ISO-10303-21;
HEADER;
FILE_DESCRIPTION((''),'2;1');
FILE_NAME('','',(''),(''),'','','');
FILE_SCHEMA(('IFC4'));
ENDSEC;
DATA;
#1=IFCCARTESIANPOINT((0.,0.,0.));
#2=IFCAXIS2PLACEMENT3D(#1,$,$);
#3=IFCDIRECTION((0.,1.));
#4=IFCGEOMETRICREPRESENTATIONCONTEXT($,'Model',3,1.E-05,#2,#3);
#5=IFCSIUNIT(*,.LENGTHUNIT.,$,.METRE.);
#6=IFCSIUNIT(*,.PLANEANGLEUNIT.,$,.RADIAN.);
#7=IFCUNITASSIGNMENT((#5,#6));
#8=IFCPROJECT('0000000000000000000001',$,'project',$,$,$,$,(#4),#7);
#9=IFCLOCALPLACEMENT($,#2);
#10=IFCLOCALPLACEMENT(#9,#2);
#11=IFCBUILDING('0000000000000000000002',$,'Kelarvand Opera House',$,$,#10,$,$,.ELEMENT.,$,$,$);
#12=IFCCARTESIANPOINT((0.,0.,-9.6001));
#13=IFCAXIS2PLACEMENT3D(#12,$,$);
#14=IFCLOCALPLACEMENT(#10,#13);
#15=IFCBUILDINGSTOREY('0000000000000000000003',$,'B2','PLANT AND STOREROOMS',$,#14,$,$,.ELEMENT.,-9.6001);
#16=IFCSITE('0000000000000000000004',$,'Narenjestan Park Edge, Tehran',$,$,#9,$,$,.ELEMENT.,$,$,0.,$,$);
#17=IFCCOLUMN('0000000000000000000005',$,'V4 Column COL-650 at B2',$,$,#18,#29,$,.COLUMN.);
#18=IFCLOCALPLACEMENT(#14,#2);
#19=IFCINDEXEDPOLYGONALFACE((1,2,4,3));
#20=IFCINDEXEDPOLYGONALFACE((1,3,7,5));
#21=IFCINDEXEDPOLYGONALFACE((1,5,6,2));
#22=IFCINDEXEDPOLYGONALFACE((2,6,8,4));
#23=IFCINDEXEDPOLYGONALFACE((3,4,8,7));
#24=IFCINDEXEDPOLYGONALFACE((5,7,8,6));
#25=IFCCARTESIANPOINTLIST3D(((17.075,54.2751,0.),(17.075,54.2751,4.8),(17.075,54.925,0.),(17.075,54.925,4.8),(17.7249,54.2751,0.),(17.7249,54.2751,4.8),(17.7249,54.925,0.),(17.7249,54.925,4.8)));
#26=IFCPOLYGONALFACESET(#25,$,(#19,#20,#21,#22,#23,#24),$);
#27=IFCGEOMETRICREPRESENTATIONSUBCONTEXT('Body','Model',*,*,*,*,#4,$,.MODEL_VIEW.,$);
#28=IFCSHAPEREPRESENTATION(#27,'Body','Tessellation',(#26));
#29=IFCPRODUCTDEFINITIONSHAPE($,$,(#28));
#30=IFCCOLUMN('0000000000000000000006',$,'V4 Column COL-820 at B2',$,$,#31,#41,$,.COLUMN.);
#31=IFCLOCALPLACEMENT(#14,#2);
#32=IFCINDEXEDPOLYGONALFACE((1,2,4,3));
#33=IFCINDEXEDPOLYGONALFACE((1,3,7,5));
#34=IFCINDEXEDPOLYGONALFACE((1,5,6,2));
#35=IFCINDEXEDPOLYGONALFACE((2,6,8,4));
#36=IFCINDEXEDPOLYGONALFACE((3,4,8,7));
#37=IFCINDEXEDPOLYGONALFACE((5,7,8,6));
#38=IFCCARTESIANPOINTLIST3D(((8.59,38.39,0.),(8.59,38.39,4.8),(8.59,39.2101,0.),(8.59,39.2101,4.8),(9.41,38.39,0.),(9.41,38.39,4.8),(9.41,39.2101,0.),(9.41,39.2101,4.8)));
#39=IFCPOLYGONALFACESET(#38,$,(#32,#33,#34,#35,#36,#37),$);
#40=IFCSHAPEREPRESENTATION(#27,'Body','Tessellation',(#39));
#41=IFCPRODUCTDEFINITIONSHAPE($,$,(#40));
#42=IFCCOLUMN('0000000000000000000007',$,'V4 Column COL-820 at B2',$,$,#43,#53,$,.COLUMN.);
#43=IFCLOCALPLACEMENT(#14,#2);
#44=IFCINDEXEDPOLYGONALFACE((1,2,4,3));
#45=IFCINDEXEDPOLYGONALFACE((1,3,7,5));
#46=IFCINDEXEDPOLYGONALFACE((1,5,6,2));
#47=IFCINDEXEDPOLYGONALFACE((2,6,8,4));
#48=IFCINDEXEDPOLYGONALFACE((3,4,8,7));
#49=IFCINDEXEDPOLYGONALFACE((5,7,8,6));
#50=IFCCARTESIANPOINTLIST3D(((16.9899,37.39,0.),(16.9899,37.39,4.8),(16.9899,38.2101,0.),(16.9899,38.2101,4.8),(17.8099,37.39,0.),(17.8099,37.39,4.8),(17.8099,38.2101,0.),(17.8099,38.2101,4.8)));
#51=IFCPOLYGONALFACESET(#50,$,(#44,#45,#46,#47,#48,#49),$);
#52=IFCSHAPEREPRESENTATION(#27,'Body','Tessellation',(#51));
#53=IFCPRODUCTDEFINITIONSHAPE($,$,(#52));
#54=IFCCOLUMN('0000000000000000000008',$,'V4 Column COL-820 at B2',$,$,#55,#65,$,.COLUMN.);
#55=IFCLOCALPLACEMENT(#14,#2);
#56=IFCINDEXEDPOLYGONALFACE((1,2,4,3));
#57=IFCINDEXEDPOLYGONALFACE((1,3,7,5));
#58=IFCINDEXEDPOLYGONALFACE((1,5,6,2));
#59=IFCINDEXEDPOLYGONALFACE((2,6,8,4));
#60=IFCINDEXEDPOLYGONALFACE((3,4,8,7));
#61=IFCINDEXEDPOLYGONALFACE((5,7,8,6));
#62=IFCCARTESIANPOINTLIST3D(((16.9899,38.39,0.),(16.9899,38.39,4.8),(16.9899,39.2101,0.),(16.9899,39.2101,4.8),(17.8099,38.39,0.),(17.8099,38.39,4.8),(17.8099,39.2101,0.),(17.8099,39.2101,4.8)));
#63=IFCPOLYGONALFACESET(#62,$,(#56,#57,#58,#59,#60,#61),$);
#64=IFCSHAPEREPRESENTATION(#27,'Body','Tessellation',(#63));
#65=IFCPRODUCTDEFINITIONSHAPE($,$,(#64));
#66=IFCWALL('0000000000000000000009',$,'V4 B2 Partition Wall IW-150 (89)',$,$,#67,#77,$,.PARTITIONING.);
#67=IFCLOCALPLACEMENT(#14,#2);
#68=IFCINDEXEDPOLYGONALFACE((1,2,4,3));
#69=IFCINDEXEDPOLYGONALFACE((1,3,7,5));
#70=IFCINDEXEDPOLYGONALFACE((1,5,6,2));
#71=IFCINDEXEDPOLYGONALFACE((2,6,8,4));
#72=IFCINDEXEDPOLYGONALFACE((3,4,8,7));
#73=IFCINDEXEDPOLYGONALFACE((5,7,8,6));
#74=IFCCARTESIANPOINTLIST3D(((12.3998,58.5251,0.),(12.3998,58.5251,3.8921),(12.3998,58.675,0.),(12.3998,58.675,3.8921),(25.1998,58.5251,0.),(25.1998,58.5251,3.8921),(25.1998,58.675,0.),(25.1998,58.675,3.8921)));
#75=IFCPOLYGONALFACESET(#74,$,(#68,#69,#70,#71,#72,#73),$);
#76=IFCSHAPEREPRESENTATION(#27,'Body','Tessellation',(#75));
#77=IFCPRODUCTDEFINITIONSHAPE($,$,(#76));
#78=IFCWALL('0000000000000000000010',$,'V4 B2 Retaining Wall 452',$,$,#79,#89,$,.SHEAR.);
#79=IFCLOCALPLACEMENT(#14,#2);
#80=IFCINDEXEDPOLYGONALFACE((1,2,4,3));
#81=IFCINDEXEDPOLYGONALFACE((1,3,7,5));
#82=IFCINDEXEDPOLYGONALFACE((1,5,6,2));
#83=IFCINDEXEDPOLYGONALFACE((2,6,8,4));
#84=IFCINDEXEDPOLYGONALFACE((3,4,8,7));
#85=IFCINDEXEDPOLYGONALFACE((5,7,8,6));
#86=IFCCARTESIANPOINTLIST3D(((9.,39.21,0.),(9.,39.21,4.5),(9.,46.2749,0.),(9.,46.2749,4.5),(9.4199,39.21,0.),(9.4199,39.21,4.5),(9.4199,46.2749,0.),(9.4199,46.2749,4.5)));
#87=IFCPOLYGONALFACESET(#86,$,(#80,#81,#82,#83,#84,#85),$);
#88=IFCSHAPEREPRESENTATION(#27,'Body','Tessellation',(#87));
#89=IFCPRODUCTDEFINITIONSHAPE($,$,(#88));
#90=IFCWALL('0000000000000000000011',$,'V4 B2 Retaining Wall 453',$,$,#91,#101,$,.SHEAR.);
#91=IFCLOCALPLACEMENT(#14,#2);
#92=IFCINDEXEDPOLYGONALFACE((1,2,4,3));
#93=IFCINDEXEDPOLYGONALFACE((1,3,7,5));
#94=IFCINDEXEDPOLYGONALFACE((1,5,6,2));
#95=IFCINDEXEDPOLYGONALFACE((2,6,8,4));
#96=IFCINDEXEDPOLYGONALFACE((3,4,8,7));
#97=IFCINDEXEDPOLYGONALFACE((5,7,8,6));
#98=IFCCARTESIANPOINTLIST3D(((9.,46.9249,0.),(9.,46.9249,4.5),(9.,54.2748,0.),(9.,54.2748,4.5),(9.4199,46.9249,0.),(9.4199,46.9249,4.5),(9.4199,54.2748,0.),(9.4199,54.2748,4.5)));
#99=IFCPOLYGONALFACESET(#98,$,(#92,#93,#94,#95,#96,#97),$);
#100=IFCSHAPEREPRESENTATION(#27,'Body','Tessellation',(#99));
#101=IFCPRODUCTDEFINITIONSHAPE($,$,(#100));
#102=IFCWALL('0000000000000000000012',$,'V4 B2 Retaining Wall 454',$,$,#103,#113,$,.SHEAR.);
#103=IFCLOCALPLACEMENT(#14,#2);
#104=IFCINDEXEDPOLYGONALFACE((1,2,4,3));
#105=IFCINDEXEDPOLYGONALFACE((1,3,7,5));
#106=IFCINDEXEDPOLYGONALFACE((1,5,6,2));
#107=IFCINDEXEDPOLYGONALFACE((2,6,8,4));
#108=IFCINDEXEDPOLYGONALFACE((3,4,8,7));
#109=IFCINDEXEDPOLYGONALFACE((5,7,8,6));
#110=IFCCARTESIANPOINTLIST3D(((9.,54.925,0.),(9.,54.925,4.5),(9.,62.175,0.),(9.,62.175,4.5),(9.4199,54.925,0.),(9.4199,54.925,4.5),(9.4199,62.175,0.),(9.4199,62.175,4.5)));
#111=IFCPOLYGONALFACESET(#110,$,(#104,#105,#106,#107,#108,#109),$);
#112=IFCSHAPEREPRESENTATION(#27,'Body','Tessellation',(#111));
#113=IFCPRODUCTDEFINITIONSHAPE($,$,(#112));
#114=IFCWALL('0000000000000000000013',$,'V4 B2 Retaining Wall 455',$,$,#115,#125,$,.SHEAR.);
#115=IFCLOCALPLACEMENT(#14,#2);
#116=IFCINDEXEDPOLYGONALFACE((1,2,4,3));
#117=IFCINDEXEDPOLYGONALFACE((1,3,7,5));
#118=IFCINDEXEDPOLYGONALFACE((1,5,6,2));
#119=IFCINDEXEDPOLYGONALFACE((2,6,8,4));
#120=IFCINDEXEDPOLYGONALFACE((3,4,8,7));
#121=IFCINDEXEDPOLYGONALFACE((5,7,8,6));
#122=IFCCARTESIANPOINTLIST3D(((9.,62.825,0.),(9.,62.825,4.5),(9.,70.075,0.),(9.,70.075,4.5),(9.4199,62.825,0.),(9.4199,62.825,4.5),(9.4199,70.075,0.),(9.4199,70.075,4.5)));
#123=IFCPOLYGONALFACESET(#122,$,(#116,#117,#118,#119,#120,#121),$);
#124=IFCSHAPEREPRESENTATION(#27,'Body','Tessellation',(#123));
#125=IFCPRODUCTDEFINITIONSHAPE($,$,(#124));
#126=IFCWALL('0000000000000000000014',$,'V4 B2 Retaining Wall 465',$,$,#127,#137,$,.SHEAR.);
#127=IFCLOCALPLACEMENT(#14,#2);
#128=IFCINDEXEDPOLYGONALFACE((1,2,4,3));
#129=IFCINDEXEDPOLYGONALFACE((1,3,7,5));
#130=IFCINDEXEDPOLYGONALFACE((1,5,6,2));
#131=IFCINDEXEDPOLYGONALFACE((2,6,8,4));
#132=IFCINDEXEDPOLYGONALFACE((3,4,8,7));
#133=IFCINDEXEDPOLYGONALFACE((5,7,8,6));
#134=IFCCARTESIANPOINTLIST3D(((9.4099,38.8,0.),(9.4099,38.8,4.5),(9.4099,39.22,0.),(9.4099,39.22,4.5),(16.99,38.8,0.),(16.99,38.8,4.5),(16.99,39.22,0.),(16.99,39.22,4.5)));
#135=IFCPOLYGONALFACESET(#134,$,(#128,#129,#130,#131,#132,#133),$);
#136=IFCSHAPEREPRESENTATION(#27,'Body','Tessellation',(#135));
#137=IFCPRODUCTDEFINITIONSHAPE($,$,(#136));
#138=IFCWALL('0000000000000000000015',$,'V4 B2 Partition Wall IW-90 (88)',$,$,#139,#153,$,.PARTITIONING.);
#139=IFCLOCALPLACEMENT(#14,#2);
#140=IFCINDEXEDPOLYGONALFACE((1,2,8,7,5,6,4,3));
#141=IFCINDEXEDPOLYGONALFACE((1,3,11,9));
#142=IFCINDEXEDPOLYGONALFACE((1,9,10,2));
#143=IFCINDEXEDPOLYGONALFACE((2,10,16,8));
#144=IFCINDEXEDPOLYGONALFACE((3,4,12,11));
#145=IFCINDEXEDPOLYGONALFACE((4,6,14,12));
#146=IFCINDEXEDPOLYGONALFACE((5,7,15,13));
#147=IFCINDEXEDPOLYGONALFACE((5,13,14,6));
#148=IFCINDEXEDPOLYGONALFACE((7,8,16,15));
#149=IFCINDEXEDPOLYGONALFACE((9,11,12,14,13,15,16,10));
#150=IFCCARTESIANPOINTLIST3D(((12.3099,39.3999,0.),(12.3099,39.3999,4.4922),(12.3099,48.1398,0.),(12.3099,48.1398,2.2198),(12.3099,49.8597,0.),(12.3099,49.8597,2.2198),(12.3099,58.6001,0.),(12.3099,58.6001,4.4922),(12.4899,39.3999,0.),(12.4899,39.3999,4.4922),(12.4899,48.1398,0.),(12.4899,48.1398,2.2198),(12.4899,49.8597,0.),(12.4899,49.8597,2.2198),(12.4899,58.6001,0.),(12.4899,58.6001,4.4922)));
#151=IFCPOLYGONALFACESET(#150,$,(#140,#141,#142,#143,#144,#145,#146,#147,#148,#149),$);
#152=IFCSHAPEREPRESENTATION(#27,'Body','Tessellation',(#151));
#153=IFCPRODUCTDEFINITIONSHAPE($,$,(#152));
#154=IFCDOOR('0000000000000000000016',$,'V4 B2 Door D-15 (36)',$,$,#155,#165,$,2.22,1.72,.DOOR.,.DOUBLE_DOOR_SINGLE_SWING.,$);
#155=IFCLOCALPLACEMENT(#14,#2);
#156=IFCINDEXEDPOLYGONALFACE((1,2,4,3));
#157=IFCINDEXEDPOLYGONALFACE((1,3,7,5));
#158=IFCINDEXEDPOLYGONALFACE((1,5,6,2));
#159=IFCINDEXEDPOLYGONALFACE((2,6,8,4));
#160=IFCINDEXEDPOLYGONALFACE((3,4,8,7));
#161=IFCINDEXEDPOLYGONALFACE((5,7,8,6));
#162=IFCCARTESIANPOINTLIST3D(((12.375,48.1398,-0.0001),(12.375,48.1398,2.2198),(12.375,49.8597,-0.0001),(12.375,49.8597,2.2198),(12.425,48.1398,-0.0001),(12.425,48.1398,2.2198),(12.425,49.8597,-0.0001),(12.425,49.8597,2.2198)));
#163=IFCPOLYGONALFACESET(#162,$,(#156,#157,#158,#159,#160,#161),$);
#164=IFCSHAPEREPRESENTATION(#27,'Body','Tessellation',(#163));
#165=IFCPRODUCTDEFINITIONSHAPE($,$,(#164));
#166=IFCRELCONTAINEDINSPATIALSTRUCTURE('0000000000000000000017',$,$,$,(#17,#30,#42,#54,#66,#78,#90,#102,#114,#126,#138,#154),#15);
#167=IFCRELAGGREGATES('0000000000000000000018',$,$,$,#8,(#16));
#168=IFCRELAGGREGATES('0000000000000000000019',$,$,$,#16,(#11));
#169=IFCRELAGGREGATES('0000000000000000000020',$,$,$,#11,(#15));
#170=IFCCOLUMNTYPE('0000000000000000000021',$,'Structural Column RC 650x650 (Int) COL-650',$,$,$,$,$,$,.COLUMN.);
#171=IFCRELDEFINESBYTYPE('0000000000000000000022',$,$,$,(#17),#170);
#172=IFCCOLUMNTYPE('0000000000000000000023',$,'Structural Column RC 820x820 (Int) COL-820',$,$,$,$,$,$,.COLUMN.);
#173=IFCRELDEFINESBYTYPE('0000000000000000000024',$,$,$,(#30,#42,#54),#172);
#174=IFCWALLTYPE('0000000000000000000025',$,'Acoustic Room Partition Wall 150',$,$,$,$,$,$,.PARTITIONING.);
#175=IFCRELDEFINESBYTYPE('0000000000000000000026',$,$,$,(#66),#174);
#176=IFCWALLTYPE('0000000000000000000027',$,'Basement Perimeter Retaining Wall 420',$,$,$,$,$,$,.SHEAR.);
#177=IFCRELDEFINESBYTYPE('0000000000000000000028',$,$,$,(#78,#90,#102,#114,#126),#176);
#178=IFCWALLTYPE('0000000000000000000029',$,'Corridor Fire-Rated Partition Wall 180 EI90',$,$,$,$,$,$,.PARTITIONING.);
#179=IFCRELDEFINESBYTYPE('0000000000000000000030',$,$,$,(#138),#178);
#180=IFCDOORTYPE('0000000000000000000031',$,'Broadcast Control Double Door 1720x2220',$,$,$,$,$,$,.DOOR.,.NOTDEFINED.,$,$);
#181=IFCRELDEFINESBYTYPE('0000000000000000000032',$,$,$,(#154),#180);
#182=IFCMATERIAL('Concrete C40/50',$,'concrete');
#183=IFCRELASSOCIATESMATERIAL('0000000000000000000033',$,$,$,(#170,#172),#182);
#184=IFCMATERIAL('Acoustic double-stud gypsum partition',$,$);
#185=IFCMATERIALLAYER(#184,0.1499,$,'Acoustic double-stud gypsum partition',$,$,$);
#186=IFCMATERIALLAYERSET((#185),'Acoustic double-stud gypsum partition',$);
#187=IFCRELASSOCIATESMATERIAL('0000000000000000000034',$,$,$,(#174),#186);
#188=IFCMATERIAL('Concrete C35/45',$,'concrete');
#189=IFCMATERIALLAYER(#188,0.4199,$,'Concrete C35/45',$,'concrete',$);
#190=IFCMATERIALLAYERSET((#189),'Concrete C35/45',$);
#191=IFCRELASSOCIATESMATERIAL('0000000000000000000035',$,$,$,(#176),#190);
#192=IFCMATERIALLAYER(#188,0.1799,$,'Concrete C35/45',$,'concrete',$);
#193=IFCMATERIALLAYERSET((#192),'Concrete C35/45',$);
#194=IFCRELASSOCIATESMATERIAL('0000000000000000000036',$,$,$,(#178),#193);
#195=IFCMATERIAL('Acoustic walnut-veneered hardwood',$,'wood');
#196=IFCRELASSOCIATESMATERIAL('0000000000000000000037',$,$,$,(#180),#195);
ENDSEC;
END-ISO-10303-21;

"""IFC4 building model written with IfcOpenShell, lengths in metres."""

from ifc_helpers import new_model, si_unit, direction, frame, frame_2d, origin, origin_2d, place, context, subcontext, project, spatial, rectangle, extrude, material, layer, layer_set, material_profile, profile_set, type_object, element, fill, save


model = new_model("IFC4")

# Units and contexts
model_context = context("Model", 3, precision=1e-05, world=origin(), true_north=direction((0.0, 1.0)))
body_context = subcontext(model_context, "Body", "Model", "MODEL_VIEW")
ifc_project = project(units=[si_unit("LENGTHUNIT", "METRE"), si_unit("PLANEANGLEUNIT", "RADIAN")], contexts=[model_context])

# Site, building, storey
site_placement = place(None, origin())
site = spatial("IfcSite", under=ifc_project, at=site_placement, Name="Narenjestan Park Edge, Tehran", CompositionType="ELEMENT", RefElevation=0.0)
building_placement = place(site_placement, origin())
building = spatial("IfcBuilding", under=site, at=building_placement, Name="Kelarvand Opera House", CompositionType="ELEMENT")
storey_placement = place(building_placement, frame((0.0, 0.0, -9.6001)))
storey = spatial("IfcBuildingStorey", under=building, at=storey_placement, Name="B2", Description="PLANT AND STOREROOMS", CompositionType="ELEMENT", Elevation=-9.6001)

# Shared definitions
ifc_material_1 = material(Name="Concrete C40/50", Category="concrete")

# Columns
ifc_material_profile_1 = material_profile(ifc_material_1, rectangle(XDim=0.6499, YDim=0.6499, at=origin_2d()), Name="RC 650x650", Category="concrete")
ifc_profile_set_1 = profile_set([ifc_material_profile_1], Name="Concrete C40/50")
column_type_1 = type_object("IfcColumnType", Name="Structural Column RC 650x650 (Int) COL-650", PredefinedType="COLUMN", material=ifc_profile_set_1)
for number, where, z_axis, x_axis, name in (
    (1, (17.3999, 54.6001, 0.0), (0.0, 0.0, 1.0), (1.0, 0.0, 0.0), "V4 Column COL-650 at B2"),
):
    element("IfcColumn", number, at=place(storey_placement, frame(where, z_axis=z_axis, x_axis=x_axis)), inside=storey, type_object=column_type_1, Name=name, PredefinedType="COLUMN", context=body_context, shape_type="SweptSolid", body=[
        extrude(rectangle(XDim=0.6499, YDim=0.6499, at=origin_2d()), origin(), (0.0, 0.0, 1.0), 4.8),
    ])
ifc_material_profile_2 = material_profile(ifc_material_1, rectangle(XDim=0.8201, YDim=0.8201, at=origin_2d()), Name="RC 820x820", Category="concrete")
ifc_profile_set_2 = profile_set([ifc_material_profile_2], Name="Concrete C40/50")
column_type_2 = type_object("IfcColumnType", Name="Structural Column RC 820x820 (Int) COL-820", PredefinedType="COLUMN", material=ifc_profile_set_2)
for number, where, z_axis, x_axis, name in (
    (2, (9.0, 38.8, 0.0), (0.0, 0.0, 1.0), (1.0, 0.0, 0.0), "V4 Column COL-820 at B2"),
    (3, (17.3999, 37.8, 0.0), (0.0, 0.0, 1.0), (1.0, 0.0, 0.0), "V4 Column COL-820 at B2"),
    (4, (17.3999, 38.8, 0.0), (0.0, 0.0, 1.0), (1.0, 0.0, 0.0), "V4 Column COL-820 at B2"),
):
    element("IfcColumn", number, at=place(storey_placement, frame(where, z_axis=z_axis, x_axis=x_axis)), inside=storey, type_object=column_type_2, Name=name, PredefinedType="COLUMN", context=body_context, shape_type="SweptSolid", body=[
        extrude(rectangle(XDim=0.8201, YDim=0.8201, at=origin_2d()), origin(), (0.0, 0.0, 1.0), 4.8),
    ])

# Walls
ifc_material_2 = material(Name="Acoustic double-stud gypsum partition")
ifc_layer_1 = layer(ifc_material_2, 0.1499, Name="Acoustic double-stud gypsum partition")
ifc_layer_set_1 = layer_set([ifc_layer_1], Name="Acoustic double-stud gypsum partition")
wall_type_1 = type_object("IfcWallType", Name="Acoustic Room Partition Wall 150", PredefinedType="PARTITIONING", material=ifc_layer_set_1)
wall_1_placement = place(storey_placement, frame((12.3999, 58.6001, 0.0), z_axis=(0.0, 0.0, 1.0), x_axis=(1.0, 0.0, 0.0)))
element("IfcWall", 5, at=wall_1_placement, inside=storey, type_object=wall_type_1, Name="V4 B2 Partition Wall IW-150 (89)", PredefinedType="PARTITIONING", context=body_context, shape_type="SweptSolid", body=[
    extrude(rectangle(XDim=12.8, YDim=0.1499, at=frame_2d((6.3999, 0.0))), origin(), (0.0, 0.0, 1.0), 3.8921),
])
ifc_material_3 = material(Name="Concrete C35/45", Category="concrete")
ifc_layer_2 = layer(ifc_material_3, 0.4199, Name="Concrete C35/45", Category="concrete")
ifc_layer_set_2 = layer_set([ifc_layer_2], Name="Concrete C35/45")
wall_type_2 = type_object("IfcWallType", Name="Basement Perimeter Retaining Wall 420", PredefinedType="SHEAR", material=ifc_layer_set_2)
wall_2_placement = place(storey_placement, frame((9.21, 39.21, 0.0), z_axis=(0.0, 0.0, 1.0), x_axis=(0.0, 1.0, 0.0)))
element("IfcWall", 6, at=wall_2_placement, inside=storey, type_object=wall_type_2, Name="V4 B2 Retaining Wall 452", PredefinedType="SHEAR", context=body_context, shape_type="SweptSolid", body=[
    extrude(rectangle(XDim=7.0649, YDim=0.4199, at=frame_2d((3.5325, 0.0))), origin(), (0.0, 0.0, 1.0), 4.5),
])
wall_3_placement = place(storey_placement, frame((9.21, 46.925, 0.0), z_axis=(0.0, 0.0, 1.0), x_axis=(0.0, 1.0, 0.0)))
element("IfcWall", 7, at=wall_3_placement, inside=storey, type_object=wall_type_2, Name="V4 B2 Retaining Wall 453", PredefinedType="SHEAR", context=body_context, shape_type="SweptSolid", body=[
    extrude(rectangle(XDim=7.3499, YDim=0.4199, at=frame_2d((3.6748, 0.0))), origin(), (0.0, 0.0, 1.0), 4.5),
])
for number, where, z_axis, x_axis, name in (
    (8, (9.21, 54.925, 0.0), (0.0, 0.0, 1.0), (0.0, 1.0, 0.0), "V4 B2 Retaining Wall 454"),
    (9, (9.21, 62.825, 0.0), (0.0, 0.0, 1.0), (0.0, 1.0, 0.0), "V4 B2 Retaining Wall 455"),
):
    element("IfcWall", number, at=place(storey_placement, frame(where, z_axis=z_axis, x_axis=x_axis)), inside=storey, type_object=wall_type_2, Name=name, PredefinedType="SHEAR", context=body_context, shape_type="SweptSolid", body=[
        extrude(rectangle(XDim=7.25, YDim=0.4199, at=frame_2d((3.625, 0.0))), origin(), (0.0, 0.0, 1.0), 4.5),
    ])
wall_4_placement = place(storey_placement, frame((16.99, 39.01, 0.0), z_axis=(0.0, 0.0, 1.0), x_axis=(-1.0, 0.0, 0.0)))
element("IfcWall", 10, at=wall_4_placement, inside=storey, type_object=wall_type_2, Name="V4 B2 Retaining Wall 465", PredefinedType="SHEAR", context=body_context, shape_type="SweptSolid", body=[
    extrude(rectangle(XDim=7.5801, YDim=0.4199, at=frame_2d((3.79, 0.0))), origin(), (0.0, 0.0, 1.0), 4.5),
])

# Wall, opening, door
ifc_layer_3 = layer(ifc_material_3, 0.1799, Name="Concrete C35/45", Category="concrete")
ifc_layer_set_3 = layer_set([ifc_layer_3], Name="Concrete C35/45")
wall_type_3 = type_object("IfcWallType", Name="Corridor Fire-Rated Partition Wall 180 EI90", PredefinedType="PARTITIONING", material=ifc_layer_set_3)
wall_5_placement = place(storey_placement, frame((12.3999, 39.3999, 0.0), z_axis=(0.0, 0.0, 1.0), x_axis=(0.0, 1.0, 0.0)))
wall_5 = element("IfcWall", 11, at=wall_5_placement, inside=storey, type_object=wall_type_3, Name="V4 B2 Partition Wall IW-90 (88)", PredefinedType="PARTITIONING", context=body_context, shape_type="SweptSolid", body=[
    extrude(rectangle(XDim=19.2002, YDim=0.1799, at=frame_2d((9.6001, 0.0))), origin(), (0.0, 0.0, 1.0), 4.4922),
])
opening_1_placement = place(wall_5_placement, frame((8.74, 0.0, 0.0)))
opening_1 = element("IfcOpeningElement", 12, at=opening_1_placement, cuts=wall_5, PredefinedType="OPENING", context=body_context, shape_type="SweptSolid", body=[
    extrude(rectangle(XDim=1.72, YDim=2.22, at=frame_2d((0.8599, 1.1099))), frame((0.0, 0.1001, 0.0), z_axis=(0.0, -1.0, 0.0), x_axis=(1.0, 0.0, 0.0)), (0.0, 0.0, 1.0), 0.2),
])
ifc_material_4 = material(Name="Acoustic walnut-veneered hardwood", Category="wood")
door_type_1 = type_object("IfcDoorType", Name="Broadcast Control Double Door 1720x2220", OperationType="NOTDEFINED", PredefinedType="DOOR", material=ifc_material_4)
door_1_placement = place(opening_1_placement, origin())
door_1 = element("IfcDoor", 13, at=door_1_placement, inside=storey, type_object=door_type_1, Name="V4 B2 Door D-15 (36)", OperationType="DOUBLE_DOOR_SINGLE_SWING", OverallHeight=2.22, OverallWidth=1.72, PredefinedType="DOOR", context=body_context, shape_type="SweptSolid", body=[
    extrude(rectangle(XDim=1.72, YDim=2.22, at=frame_2d((0.8599, 1.1099))), frame((0.0, 0.0249, 0.0), z_axis=(0.0, -1.0, 0.0), x_axis=(1.0, 0.0, 0.0)), (0.0, 0.0, 1.0), 0.05),
])
fill(opening_1, door_1)

save(model, "model.ifc")
